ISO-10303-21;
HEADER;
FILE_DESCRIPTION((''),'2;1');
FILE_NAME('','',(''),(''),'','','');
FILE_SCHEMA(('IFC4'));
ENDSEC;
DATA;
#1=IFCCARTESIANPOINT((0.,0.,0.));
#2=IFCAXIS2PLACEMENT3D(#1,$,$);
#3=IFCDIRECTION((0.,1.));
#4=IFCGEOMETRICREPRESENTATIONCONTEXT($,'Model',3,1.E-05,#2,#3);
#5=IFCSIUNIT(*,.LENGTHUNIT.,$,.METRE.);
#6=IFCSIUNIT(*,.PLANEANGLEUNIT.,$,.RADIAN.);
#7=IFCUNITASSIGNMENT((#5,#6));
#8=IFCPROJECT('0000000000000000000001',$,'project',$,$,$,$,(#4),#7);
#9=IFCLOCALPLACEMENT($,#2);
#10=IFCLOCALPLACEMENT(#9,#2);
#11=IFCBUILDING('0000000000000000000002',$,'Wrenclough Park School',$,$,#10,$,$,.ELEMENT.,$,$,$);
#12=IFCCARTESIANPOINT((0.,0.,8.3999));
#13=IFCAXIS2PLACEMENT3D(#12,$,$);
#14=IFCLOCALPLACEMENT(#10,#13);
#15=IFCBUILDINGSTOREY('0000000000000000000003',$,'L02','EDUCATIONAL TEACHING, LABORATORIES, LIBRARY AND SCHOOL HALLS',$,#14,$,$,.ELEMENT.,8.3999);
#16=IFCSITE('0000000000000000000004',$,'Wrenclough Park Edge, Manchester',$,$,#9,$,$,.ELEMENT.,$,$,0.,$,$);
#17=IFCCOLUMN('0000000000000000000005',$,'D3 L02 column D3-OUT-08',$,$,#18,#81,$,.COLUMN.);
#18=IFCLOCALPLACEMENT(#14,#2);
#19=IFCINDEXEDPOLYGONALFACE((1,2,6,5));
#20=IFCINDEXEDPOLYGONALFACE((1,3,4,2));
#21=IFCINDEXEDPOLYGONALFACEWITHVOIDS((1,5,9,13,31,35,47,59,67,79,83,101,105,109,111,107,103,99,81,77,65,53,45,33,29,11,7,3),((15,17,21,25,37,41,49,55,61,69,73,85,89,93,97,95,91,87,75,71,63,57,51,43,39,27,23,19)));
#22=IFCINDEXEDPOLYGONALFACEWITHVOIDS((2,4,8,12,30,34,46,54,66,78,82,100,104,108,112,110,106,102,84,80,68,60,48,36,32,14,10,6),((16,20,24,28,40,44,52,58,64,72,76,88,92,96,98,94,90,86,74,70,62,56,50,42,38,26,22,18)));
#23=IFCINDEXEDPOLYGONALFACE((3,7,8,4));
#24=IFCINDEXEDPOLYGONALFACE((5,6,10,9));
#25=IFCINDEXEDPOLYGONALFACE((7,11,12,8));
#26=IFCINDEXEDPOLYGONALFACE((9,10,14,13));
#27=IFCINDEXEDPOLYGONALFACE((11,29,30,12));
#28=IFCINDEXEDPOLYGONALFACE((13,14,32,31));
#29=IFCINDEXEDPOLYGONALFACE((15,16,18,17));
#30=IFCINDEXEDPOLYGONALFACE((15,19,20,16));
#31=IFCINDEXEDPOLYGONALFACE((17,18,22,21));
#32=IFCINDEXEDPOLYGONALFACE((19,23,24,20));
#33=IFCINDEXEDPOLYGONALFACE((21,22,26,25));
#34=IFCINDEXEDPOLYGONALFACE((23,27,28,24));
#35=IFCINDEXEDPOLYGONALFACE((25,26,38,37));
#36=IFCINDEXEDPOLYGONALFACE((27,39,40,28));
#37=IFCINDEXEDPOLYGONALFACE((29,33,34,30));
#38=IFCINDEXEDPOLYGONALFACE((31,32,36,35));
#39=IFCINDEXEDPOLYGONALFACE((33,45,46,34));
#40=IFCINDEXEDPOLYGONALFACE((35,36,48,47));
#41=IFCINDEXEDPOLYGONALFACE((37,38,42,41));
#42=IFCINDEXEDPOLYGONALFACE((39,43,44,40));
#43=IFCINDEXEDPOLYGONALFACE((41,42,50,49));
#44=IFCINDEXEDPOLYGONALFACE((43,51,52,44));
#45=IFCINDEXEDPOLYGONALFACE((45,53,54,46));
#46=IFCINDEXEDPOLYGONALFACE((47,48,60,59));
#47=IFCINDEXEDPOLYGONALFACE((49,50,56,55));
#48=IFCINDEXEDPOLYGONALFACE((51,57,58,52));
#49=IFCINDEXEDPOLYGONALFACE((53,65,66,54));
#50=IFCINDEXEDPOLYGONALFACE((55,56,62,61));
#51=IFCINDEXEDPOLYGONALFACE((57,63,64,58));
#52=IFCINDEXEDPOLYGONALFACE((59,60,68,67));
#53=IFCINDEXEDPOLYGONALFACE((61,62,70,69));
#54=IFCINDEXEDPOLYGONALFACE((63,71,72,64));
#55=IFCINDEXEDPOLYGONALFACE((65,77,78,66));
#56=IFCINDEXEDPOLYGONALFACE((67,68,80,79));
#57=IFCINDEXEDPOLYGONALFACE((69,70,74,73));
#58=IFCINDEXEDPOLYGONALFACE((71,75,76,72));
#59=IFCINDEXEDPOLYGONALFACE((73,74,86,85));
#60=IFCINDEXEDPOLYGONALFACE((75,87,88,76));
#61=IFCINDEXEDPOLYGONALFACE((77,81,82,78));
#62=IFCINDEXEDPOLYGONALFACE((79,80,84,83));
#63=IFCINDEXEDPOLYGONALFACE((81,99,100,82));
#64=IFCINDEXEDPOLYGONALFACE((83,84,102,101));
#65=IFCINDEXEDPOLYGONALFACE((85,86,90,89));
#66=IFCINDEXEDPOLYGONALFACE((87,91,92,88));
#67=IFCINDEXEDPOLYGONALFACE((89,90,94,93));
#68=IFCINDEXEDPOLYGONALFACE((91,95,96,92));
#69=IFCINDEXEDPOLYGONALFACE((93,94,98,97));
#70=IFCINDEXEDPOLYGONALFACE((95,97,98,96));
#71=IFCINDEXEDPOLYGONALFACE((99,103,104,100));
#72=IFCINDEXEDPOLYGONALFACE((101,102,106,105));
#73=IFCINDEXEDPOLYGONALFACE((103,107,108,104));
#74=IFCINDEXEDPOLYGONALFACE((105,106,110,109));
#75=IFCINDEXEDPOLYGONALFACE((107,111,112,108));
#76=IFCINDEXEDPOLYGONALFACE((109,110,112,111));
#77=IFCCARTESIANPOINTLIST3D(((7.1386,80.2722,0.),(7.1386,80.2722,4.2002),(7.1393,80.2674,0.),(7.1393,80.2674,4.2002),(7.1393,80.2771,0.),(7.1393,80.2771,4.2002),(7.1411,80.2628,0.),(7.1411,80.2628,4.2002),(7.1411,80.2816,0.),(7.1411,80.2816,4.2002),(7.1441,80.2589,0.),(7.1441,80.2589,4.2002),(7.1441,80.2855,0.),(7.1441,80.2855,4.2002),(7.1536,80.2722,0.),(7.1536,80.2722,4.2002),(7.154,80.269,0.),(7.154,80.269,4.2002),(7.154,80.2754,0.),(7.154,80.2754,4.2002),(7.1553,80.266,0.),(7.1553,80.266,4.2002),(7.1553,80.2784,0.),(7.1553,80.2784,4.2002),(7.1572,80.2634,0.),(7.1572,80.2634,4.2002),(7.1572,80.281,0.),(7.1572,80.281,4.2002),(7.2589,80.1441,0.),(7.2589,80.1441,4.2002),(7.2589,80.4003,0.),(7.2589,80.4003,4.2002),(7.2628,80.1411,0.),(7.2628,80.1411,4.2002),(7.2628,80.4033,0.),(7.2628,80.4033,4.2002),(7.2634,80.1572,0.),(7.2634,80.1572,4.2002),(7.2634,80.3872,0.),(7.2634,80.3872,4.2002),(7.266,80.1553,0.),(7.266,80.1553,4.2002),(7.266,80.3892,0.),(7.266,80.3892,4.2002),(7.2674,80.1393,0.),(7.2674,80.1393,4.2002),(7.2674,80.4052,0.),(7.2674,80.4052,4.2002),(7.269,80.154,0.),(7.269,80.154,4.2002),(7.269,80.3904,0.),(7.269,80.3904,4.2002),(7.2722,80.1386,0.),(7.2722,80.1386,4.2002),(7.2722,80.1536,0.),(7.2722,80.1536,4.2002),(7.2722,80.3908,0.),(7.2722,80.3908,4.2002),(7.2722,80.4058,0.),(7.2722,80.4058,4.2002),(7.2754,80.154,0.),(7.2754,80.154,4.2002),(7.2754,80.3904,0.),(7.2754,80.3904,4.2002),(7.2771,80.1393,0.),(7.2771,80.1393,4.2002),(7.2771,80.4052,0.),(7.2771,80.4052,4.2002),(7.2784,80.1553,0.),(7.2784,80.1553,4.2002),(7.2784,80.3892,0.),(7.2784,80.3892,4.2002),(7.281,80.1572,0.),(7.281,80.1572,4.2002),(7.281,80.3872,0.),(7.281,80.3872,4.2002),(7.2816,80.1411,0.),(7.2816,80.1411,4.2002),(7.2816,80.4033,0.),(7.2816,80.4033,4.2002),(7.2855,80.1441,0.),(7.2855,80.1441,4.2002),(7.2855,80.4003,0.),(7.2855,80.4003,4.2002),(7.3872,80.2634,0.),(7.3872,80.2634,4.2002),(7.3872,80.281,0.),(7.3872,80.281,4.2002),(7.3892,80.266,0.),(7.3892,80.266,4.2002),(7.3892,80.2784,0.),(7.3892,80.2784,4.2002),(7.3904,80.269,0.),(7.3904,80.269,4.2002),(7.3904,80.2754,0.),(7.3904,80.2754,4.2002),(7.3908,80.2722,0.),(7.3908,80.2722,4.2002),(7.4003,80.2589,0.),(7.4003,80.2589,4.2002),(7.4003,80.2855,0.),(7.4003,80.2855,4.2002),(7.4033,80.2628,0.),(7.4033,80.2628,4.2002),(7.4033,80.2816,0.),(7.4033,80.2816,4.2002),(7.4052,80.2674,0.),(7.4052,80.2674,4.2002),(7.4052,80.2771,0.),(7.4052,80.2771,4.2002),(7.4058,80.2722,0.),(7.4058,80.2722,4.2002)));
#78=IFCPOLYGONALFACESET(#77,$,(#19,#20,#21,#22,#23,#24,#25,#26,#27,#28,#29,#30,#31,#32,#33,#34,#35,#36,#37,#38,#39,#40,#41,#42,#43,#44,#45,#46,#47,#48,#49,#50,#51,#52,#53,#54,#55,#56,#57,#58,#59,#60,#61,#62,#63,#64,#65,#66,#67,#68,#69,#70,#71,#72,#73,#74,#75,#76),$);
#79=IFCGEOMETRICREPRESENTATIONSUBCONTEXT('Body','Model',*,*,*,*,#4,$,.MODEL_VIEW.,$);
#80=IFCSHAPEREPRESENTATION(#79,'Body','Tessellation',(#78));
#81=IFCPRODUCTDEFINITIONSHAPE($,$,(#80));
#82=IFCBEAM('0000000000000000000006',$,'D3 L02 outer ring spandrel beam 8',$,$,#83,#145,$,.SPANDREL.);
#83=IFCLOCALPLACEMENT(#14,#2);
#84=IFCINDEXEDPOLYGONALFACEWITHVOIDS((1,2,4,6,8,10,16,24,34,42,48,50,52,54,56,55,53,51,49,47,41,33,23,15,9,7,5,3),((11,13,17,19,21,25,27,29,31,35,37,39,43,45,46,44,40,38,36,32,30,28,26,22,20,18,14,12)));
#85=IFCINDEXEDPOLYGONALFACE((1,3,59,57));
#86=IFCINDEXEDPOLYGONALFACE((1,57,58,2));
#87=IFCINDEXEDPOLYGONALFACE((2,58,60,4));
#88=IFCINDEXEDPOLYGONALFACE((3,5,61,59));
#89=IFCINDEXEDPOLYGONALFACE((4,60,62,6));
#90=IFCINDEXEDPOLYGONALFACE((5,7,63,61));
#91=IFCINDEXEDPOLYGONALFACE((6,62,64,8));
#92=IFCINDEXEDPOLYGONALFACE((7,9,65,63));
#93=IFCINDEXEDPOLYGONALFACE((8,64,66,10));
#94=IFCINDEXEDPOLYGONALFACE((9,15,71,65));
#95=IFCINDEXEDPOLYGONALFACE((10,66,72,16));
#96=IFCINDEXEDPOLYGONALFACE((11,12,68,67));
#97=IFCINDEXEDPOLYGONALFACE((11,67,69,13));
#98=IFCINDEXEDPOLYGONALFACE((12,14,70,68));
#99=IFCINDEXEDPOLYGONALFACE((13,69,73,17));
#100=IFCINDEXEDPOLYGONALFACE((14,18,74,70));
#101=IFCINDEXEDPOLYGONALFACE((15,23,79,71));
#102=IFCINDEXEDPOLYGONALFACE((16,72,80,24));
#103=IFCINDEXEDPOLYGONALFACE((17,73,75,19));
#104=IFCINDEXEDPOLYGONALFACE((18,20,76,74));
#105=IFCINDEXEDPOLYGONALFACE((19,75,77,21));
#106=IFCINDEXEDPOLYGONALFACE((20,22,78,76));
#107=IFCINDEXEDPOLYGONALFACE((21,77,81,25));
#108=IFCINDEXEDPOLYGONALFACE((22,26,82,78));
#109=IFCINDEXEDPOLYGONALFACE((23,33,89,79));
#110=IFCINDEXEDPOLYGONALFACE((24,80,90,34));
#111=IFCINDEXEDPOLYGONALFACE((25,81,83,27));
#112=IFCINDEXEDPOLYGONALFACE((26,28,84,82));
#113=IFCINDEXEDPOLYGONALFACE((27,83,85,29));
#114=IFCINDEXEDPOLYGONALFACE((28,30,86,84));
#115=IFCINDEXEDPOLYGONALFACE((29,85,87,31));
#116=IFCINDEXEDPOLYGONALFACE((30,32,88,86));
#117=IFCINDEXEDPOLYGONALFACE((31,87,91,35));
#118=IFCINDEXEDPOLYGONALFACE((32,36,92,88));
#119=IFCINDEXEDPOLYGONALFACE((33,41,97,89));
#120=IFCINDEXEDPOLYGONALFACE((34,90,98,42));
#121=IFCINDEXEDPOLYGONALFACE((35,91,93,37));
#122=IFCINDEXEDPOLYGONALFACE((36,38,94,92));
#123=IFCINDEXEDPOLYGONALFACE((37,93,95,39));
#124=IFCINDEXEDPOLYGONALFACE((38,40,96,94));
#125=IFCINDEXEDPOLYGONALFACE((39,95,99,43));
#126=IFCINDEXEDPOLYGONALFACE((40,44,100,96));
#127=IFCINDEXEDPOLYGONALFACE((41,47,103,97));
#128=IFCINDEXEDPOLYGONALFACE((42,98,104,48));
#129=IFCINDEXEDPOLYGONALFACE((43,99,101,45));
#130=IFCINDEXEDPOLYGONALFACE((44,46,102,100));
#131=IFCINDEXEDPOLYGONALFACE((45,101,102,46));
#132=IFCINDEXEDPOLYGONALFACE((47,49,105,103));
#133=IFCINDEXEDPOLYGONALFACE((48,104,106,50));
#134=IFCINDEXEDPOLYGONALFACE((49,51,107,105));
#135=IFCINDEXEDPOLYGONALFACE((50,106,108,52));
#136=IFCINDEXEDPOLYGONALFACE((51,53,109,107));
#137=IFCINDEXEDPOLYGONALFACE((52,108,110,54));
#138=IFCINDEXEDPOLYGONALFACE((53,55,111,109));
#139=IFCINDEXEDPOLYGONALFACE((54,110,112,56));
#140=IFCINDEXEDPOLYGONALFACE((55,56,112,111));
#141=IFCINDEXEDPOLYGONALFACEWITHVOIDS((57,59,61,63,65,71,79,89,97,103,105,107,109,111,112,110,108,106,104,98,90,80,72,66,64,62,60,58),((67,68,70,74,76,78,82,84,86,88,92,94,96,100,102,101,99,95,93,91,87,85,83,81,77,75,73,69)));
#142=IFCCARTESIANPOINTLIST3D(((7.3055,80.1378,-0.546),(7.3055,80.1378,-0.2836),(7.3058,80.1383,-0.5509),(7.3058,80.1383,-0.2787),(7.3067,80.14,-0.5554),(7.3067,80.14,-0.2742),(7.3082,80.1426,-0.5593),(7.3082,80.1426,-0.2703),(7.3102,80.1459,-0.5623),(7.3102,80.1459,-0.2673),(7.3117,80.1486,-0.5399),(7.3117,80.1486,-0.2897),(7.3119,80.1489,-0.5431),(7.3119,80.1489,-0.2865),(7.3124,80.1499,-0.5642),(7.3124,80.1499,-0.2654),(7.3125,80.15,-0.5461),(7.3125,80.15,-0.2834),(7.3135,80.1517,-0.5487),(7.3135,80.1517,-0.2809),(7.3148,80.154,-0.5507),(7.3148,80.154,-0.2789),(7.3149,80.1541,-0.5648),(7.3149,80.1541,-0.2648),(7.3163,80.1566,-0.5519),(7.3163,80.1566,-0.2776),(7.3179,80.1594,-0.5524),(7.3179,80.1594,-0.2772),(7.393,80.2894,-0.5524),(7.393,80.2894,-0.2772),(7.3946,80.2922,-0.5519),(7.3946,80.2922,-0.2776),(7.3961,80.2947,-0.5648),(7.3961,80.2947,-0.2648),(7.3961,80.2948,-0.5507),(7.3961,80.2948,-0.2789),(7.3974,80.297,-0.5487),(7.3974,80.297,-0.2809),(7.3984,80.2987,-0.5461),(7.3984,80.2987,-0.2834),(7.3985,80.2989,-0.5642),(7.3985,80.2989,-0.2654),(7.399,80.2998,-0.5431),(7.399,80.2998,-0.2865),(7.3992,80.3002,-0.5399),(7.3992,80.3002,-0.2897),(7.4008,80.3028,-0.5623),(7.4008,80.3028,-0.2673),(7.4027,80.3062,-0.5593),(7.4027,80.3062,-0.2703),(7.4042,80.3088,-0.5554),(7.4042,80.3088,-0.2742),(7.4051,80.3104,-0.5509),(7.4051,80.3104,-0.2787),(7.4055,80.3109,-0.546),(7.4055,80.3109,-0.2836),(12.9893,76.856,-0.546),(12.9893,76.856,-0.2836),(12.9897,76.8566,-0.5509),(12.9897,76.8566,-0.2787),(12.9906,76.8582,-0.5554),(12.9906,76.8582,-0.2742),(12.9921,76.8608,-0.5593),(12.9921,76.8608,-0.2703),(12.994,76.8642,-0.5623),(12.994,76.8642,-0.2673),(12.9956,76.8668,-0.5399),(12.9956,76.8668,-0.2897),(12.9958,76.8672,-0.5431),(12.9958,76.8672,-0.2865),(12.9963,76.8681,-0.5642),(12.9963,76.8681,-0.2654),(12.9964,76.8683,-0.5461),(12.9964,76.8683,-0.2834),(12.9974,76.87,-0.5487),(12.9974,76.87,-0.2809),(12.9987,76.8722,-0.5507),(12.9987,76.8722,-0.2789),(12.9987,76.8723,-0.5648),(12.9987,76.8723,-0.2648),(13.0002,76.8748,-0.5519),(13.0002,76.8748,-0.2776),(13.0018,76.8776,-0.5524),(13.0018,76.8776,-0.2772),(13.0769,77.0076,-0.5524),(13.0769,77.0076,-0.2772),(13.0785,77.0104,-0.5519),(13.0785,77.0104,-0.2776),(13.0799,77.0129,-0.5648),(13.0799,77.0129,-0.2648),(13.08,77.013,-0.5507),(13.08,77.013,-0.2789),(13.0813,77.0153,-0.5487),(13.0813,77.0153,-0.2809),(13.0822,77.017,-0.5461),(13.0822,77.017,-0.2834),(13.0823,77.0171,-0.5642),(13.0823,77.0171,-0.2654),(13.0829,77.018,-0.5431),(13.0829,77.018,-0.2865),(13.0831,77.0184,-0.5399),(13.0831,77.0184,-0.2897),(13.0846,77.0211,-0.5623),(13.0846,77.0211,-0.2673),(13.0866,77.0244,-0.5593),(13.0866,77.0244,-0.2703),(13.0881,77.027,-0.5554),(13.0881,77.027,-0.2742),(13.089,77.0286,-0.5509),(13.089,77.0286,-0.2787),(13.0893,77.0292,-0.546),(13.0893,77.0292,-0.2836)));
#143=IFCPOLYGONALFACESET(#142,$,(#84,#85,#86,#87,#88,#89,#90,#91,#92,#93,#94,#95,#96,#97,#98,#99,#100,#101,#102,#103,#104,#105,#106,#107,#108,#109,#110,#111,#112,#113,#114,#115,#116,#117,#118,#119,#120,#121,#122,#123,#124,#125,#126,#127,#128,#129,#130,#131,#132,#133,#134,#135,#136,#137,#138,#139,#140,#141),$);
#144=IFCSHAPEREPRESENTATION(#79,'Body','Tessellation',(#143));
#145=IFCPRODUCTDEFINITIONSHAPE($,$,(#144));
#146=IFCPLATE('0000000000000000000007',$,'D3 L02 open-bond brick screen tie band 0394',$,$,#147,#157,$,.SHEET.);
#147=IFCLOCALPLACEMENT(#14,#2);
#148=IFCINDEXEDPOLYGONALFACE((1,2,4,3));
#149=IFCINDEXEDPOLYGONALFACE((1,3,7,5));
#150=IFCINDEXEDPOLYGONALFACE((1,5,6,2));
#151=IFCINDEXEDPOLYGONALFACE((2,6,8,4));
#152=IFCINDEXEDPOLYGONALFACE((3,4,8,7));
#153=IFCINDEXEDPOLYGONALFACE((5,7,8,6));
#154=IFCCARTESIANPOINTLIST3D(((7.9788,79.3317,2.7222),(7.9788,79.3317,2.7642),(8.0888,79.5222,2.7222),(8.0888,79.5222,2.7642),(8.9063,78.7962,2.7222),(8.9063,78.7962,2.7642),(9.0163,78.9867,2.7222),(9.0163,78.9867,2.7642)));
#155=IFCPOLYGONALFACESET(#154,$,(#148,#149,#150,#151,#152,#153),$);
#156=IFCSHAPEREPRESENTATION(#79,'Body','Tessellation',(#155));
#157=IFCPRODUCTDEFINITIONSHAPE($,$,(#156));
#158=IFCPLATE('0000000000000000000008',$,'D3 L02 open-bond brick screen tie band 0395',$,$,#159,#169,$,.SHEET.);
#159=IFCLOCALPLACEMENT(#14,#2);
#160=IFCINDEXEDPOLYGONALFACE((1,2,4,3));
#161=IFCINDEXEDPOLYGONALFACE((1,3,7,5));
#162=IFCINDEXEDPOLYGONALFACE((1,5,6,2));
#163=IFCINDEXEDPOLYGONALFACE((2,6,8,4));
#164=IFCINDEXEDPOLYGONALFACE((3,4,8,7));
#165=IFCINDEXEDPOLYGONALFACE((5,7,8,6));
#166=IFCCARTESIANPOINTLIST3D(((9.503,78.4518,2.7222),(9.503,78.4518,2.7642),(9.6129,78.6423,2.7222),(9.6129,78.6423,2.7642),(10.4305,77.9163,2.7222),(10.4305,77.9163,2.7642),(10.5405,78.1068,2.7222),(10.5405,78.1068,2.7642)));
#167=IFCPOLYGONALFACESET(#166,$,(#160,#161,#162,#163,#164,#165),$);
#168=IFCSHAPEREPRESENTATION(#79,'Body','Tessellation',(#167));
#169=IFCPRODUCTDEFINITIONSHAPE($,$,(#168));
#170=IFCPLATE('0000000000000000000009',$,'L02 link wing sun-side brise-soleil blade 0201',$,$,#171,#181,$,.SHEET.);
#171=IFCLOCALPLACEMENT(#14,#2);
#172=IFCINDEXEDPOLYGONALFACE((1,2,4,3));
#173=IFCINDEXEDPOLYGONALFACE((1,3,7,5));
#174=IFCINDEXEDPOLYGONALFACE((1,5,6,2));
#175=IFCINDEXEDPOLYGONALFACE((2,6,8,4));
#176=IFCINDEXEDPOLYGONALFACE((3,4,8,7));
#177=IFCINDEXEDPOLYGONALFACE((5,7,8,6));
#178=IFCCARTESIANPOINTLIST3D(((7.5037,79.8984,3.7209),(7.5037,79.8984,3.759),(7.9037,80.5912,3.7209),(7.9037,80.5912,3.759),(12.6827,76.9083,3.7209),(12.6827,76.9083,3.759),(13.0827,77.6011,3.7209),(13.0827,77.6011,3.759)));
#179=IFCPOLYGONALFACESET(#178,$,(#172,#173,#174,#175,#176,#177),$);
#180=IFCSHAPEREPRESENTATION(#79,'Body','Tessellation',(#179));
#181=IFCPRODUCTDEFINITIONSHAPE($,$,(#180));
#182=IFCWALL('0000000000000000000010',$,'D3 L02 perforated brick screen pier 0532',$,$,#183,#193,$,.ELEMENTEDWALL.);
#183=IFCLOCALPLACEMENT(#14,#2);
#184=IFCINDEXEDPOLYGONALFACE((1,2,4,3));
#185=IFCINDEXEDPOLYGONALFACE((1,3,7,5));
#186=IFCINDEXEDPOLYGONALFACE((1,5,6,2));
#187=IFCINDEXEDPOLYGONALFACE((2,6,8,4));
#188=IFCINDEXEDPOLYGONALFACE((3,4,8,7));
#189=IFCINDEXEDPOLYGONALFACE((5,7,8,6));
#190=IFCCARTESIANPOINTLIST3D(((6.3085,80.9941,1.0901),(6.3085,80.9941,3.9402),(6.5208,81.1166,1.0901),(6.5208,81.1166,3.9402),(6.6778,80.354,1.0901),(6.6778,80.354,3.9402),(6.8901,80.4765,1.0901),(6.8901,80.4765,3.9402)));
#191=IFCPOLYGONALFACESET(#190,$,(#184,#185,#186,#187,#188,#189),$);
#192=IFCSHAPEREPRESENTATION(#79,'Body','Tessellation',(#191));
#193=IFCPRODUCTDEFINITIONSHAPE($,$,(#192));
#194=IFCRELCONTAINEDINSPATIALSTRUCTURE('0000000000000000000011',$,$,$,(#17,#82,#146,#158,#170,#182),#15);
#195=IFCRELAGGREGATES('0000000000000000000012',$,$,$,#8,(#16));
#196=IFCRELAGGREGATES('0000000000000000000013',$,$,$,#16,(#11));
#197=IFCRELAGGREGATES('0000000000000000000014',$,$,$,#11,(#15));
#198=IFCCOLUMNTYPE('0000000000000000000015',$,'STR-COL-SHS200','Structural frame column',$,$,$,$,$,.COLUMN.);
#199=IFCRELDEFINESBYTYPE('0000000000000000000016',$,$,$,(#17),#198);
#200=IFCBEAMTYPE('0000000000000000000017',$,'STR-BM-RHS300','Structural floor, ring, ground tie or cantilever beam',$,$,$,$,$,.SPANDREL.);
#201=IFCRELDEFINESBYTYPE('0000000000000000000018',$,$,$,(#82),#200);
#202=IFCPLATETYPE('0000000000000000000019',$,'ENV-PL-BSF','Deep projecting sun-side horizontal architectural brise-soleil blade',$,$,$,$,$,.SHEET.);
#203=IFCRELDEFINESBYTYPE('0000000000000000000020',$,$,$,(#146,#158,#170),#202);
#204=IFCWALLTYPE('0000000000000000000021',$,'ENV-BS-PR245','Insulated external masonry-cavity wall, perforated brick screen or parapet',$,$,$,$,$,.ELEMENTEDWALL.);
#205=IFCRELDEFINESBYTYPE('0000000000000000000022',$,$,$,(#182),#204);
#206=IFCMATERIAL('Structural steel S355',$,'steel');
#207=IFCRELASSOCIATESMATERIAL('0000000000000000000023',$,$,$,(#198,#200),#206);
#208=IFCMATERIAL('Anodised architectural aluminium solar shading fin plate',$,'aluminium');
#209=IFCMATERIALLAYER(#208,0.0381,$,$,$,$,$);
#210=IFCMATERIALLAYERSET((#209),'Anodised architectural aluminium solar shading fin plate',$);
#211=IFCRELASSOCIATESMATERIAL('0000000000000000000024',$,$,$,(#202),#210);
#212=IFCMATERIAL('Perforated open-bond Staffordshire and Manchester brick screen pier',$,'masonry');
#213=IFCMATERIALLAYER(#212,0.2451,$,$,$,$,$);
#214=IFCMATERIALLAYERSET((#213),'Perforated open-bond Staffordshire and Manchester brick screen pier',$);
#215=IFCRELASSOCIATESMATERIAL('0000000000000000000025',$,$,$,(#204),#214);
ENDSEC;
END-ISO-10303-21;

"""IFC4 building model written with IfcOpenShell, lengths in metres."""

from ifc_helpers import new_model, si_unit, direction, frame, frame_2d, origin, origin_2d, place, context, subcontext, project, spatial, rectangle, hollow_rectangle, extrude, material, layer, layer_set, material_profile, profile_set, type_object, element, save


model = new_model("IFC4")

# Units and contexts
model_context = context("Model", 3, precision=1e-05, world=origin(), true_north=direction((0.0, 1.0)))
body_context = subcontext(model_context, "Body", "Model", "MODEL_VIEW")
ifc_project = project(units=[si_unit("LENGTHUNIT", "METRE"), si_unit("PLANEANGLEUNIT", "RADIAN")], contexts=[model_context])

# Site, building, storey
site_placement = place(None, origin())
site = spatial("IfcSite", under=ifc_project, at=site_placement, Name="Wrenclough Park Edge, Manchester", CompositionType="ELEMENT", RefElevation=0.0)
building_placement = place(site_placement, origin())
building = spatial("IfcBuilding", under=site, at=building_placement, Name="Wrenclough Park School", CompositionType="ELEMENT")
storey_placement = place(building_placement, frame((0.0, 0.0, 8.3999)))
storey = spatial("IfcBuildingStorey", under=building, at=storey_placement, Name="L02", Description="EDUCATIONAL TEACHING, LABORATORIES, LIBRARY AND SCHOOL HALLS", CompositionType="ELEMENT", Elevation=8.3999)

# Column
ifc_material_1 = material(Name="Structural steel S355", Category="steel")
ifc_material_profile_1 = material_profile(ifc_material_1, hollow_rectangle(XDim=0.2, YDim=0.2, WallThickness=0.0125, InnerFilletRadius=0.0125, OuterFilletRadius=0.0188, at=origin_2d()), Name="SHS 200x200x12.5")
ifc_profile_set_1 = profile_set([ifc_material_profile_1], Name="Structural steel S355")
column_type = type_object("IfcColumnType", Name="STR-COL-SHS200", Description="Structural frame column", PredefinedType="COLUMN", material=ifc_profile_set_1)
column_placement = place(storey_placement, frame((7.2722, 80.2722, 0.0), z_axis=(0.0, 0.0, 1.0), x_axis=(0.707107, -0.707107, 0.0)))
element("IfcColumn", 1, at=column_placement, inside=storey, type_object=column_type, Name="D3 L02 column D3-OUT-08", PredefinedType="COLUMN", context=body_context, shape_type="SweptSolid", body=[
    extrude(hollow_rectangle(XDim=0.2, YDim=0.2, WallThickness=0.0125, InnerFilletRadius=0.0125, OuterFilletRadius=0.0188, at=origin_2d()), origin(), (0.0, 0.0, 1.0), 4.2002),
])

# Beam
ifc_material_profile_2 = material_profile(ifc_material_1, hollow_rectangle(XDim=0.2, YDim=0.3, WallThickness=0.0125, InnerFilletRadius=0.0125, OuterFilletRadius=0.0188, at=origin_2d()), Name="RHS 300x200x12.5")
ifc_profile_set_2 = profile_set([ifc_material_profile_2], Name="Structural steel S355")
beam_type = type_object("IfcBeamType", Name="STR-BM-RHS300", Description="Structural floor, ring, ground tie or cantilever beam", PredefinedType="SPANDREL", material=ifc_profile_set_2)
beam_placement = place(storey_placement, frame((7.3555, 80.2244, -0.4148), z_axis=(0.866014, -0.50002, 0.0), x_axis=(0.50002, 0.866014, 0.0)))
element("IfcBeam", 2, at=beam_placement, inside=storey, type_object=beam_type, Name="D3 L02 outer ring spandrel beam 8", PredefinedType="SPANDREL", context=body_context, shape_type="SweptSolid", body=[
    extrude(hollow_rectangle(XDim=0.2, YDim=0.3, WallThickness=0.0125, InnerFilletRadius=0.0125, OuterFilletRadius=0.0188, at=origin_2d()), origin(), (0.0, 0.0, 1.0), 6.5632),
])

# Plates
ifc_material_2 = material(Name="Anodised architectural aluminium solar shading fin plate", Category="aluminium")
ifc_layer_1 = layer(ifc_material_2, 0.0381)
ifc_layer_set_1 = layer_set([ifc_layer_1], Name="Anodised architectural aluminium solar shading fin plate")
plate_type = type_object("IfcPlateType", Name="ENV-PL-BSF", Description="Deep projecting sun-side horizontal architectural brise-soleil blade", PredefinedType="SHEET", material=ifc_layer_set_1)
for number, where, z_axis, x_axis, name in (
    (3, (8.4976, 79.1592, 2.7222), (0.0, 0.0, 1.0), (0.866031, -0.499991, 0.0), "D3 L02 open-bond brick screen tie band 0394"),
    (4, (10.0217, 78.2793, 2.7222), (0.0, 0.0, 1.0), (0.866031, -0.499991, 0.0), "D3 L02 open-bond brick screen tie band 0395"),
):
    element("IfcPlate", number, at=place(storey_placement, frame(where, z_axis=z_axis, x_axis=x_axis)), inside=storey, type_object=plate_type, Name=name, PredefinedType="SHEET", context=body_context, shape_type="SweptSolid", body=[
        extrude(rectangle(XDim=1.071, YDim=0.22, at=origin_2d()), origin(), (0.0, 0.0, 1.0), 0.042),
    ])
plate_placement = place(storey_placement, frame((10.2932, 78.7498, 3.7209), z_axis=(0.0, 0.0, 1.0), x_axis=(-0.866029, 0.499994, 0.0)))
element("IfcPlate", 5, at=plate_placement, inside=storey, type_object=plate_type, Name="L02 link wing sun-side brise-soleil blade 0201", PredefinedType="SHEET", context=body_context, shape_type="SweptSolid", body=[
    extrude(rectangle(XDim=5.9802, YDim=0.8, at=origin_2d()), origin(), (0.0, 0.0, 1.0), 0.0381),
])

# Wall
ifc_material_3 = material(Name="Perforated open-bond Staffordshire and Manchester brick screen pier", Category="masonry")
ifc_layer_2 = layer(ifc_material_3, 0.2451)
ifc_layer_set_2 = layer_set([ifc_layer_2], Name="Perforated open-bond Staffordshire and Manchester brick screen pier")
wall_type_1 = type_object("IfcWallType", Name="ENV-BS-PR245", Description="Insulated external masonry-cavity wall, perforated brick screen or parapet", PredefinedType="ELEMENTEDWALL", material=ifc_layer_set_2)
for number, where, z_axis, x_axis, name in (
    (6, (6.4146, 81.0554, 1.0901), (0.0, 0.0, 1.0), (0.499799, -0.866142, 0.0), "D3 L02 perforated brick screen pier 0532"),
):
    element("IfcWall", number, at=place(storey_placement, frame(where, z_axis=z_axis, x_axis=x_axis)), inside=storey, type_object=wall_type_1, Name=name, PredefinedType="ELEMENTEDWALL", context=body_context, shape_type="SweptSolid", body=[
        extrude(rectangle(XDim=0.739, YDim=0.2451, at=frame_2d((0.3696, 0.0))), origin(), (0.0, 0.0, 1.0), 2.8501),
    ])

save(model, "model.ifc")
